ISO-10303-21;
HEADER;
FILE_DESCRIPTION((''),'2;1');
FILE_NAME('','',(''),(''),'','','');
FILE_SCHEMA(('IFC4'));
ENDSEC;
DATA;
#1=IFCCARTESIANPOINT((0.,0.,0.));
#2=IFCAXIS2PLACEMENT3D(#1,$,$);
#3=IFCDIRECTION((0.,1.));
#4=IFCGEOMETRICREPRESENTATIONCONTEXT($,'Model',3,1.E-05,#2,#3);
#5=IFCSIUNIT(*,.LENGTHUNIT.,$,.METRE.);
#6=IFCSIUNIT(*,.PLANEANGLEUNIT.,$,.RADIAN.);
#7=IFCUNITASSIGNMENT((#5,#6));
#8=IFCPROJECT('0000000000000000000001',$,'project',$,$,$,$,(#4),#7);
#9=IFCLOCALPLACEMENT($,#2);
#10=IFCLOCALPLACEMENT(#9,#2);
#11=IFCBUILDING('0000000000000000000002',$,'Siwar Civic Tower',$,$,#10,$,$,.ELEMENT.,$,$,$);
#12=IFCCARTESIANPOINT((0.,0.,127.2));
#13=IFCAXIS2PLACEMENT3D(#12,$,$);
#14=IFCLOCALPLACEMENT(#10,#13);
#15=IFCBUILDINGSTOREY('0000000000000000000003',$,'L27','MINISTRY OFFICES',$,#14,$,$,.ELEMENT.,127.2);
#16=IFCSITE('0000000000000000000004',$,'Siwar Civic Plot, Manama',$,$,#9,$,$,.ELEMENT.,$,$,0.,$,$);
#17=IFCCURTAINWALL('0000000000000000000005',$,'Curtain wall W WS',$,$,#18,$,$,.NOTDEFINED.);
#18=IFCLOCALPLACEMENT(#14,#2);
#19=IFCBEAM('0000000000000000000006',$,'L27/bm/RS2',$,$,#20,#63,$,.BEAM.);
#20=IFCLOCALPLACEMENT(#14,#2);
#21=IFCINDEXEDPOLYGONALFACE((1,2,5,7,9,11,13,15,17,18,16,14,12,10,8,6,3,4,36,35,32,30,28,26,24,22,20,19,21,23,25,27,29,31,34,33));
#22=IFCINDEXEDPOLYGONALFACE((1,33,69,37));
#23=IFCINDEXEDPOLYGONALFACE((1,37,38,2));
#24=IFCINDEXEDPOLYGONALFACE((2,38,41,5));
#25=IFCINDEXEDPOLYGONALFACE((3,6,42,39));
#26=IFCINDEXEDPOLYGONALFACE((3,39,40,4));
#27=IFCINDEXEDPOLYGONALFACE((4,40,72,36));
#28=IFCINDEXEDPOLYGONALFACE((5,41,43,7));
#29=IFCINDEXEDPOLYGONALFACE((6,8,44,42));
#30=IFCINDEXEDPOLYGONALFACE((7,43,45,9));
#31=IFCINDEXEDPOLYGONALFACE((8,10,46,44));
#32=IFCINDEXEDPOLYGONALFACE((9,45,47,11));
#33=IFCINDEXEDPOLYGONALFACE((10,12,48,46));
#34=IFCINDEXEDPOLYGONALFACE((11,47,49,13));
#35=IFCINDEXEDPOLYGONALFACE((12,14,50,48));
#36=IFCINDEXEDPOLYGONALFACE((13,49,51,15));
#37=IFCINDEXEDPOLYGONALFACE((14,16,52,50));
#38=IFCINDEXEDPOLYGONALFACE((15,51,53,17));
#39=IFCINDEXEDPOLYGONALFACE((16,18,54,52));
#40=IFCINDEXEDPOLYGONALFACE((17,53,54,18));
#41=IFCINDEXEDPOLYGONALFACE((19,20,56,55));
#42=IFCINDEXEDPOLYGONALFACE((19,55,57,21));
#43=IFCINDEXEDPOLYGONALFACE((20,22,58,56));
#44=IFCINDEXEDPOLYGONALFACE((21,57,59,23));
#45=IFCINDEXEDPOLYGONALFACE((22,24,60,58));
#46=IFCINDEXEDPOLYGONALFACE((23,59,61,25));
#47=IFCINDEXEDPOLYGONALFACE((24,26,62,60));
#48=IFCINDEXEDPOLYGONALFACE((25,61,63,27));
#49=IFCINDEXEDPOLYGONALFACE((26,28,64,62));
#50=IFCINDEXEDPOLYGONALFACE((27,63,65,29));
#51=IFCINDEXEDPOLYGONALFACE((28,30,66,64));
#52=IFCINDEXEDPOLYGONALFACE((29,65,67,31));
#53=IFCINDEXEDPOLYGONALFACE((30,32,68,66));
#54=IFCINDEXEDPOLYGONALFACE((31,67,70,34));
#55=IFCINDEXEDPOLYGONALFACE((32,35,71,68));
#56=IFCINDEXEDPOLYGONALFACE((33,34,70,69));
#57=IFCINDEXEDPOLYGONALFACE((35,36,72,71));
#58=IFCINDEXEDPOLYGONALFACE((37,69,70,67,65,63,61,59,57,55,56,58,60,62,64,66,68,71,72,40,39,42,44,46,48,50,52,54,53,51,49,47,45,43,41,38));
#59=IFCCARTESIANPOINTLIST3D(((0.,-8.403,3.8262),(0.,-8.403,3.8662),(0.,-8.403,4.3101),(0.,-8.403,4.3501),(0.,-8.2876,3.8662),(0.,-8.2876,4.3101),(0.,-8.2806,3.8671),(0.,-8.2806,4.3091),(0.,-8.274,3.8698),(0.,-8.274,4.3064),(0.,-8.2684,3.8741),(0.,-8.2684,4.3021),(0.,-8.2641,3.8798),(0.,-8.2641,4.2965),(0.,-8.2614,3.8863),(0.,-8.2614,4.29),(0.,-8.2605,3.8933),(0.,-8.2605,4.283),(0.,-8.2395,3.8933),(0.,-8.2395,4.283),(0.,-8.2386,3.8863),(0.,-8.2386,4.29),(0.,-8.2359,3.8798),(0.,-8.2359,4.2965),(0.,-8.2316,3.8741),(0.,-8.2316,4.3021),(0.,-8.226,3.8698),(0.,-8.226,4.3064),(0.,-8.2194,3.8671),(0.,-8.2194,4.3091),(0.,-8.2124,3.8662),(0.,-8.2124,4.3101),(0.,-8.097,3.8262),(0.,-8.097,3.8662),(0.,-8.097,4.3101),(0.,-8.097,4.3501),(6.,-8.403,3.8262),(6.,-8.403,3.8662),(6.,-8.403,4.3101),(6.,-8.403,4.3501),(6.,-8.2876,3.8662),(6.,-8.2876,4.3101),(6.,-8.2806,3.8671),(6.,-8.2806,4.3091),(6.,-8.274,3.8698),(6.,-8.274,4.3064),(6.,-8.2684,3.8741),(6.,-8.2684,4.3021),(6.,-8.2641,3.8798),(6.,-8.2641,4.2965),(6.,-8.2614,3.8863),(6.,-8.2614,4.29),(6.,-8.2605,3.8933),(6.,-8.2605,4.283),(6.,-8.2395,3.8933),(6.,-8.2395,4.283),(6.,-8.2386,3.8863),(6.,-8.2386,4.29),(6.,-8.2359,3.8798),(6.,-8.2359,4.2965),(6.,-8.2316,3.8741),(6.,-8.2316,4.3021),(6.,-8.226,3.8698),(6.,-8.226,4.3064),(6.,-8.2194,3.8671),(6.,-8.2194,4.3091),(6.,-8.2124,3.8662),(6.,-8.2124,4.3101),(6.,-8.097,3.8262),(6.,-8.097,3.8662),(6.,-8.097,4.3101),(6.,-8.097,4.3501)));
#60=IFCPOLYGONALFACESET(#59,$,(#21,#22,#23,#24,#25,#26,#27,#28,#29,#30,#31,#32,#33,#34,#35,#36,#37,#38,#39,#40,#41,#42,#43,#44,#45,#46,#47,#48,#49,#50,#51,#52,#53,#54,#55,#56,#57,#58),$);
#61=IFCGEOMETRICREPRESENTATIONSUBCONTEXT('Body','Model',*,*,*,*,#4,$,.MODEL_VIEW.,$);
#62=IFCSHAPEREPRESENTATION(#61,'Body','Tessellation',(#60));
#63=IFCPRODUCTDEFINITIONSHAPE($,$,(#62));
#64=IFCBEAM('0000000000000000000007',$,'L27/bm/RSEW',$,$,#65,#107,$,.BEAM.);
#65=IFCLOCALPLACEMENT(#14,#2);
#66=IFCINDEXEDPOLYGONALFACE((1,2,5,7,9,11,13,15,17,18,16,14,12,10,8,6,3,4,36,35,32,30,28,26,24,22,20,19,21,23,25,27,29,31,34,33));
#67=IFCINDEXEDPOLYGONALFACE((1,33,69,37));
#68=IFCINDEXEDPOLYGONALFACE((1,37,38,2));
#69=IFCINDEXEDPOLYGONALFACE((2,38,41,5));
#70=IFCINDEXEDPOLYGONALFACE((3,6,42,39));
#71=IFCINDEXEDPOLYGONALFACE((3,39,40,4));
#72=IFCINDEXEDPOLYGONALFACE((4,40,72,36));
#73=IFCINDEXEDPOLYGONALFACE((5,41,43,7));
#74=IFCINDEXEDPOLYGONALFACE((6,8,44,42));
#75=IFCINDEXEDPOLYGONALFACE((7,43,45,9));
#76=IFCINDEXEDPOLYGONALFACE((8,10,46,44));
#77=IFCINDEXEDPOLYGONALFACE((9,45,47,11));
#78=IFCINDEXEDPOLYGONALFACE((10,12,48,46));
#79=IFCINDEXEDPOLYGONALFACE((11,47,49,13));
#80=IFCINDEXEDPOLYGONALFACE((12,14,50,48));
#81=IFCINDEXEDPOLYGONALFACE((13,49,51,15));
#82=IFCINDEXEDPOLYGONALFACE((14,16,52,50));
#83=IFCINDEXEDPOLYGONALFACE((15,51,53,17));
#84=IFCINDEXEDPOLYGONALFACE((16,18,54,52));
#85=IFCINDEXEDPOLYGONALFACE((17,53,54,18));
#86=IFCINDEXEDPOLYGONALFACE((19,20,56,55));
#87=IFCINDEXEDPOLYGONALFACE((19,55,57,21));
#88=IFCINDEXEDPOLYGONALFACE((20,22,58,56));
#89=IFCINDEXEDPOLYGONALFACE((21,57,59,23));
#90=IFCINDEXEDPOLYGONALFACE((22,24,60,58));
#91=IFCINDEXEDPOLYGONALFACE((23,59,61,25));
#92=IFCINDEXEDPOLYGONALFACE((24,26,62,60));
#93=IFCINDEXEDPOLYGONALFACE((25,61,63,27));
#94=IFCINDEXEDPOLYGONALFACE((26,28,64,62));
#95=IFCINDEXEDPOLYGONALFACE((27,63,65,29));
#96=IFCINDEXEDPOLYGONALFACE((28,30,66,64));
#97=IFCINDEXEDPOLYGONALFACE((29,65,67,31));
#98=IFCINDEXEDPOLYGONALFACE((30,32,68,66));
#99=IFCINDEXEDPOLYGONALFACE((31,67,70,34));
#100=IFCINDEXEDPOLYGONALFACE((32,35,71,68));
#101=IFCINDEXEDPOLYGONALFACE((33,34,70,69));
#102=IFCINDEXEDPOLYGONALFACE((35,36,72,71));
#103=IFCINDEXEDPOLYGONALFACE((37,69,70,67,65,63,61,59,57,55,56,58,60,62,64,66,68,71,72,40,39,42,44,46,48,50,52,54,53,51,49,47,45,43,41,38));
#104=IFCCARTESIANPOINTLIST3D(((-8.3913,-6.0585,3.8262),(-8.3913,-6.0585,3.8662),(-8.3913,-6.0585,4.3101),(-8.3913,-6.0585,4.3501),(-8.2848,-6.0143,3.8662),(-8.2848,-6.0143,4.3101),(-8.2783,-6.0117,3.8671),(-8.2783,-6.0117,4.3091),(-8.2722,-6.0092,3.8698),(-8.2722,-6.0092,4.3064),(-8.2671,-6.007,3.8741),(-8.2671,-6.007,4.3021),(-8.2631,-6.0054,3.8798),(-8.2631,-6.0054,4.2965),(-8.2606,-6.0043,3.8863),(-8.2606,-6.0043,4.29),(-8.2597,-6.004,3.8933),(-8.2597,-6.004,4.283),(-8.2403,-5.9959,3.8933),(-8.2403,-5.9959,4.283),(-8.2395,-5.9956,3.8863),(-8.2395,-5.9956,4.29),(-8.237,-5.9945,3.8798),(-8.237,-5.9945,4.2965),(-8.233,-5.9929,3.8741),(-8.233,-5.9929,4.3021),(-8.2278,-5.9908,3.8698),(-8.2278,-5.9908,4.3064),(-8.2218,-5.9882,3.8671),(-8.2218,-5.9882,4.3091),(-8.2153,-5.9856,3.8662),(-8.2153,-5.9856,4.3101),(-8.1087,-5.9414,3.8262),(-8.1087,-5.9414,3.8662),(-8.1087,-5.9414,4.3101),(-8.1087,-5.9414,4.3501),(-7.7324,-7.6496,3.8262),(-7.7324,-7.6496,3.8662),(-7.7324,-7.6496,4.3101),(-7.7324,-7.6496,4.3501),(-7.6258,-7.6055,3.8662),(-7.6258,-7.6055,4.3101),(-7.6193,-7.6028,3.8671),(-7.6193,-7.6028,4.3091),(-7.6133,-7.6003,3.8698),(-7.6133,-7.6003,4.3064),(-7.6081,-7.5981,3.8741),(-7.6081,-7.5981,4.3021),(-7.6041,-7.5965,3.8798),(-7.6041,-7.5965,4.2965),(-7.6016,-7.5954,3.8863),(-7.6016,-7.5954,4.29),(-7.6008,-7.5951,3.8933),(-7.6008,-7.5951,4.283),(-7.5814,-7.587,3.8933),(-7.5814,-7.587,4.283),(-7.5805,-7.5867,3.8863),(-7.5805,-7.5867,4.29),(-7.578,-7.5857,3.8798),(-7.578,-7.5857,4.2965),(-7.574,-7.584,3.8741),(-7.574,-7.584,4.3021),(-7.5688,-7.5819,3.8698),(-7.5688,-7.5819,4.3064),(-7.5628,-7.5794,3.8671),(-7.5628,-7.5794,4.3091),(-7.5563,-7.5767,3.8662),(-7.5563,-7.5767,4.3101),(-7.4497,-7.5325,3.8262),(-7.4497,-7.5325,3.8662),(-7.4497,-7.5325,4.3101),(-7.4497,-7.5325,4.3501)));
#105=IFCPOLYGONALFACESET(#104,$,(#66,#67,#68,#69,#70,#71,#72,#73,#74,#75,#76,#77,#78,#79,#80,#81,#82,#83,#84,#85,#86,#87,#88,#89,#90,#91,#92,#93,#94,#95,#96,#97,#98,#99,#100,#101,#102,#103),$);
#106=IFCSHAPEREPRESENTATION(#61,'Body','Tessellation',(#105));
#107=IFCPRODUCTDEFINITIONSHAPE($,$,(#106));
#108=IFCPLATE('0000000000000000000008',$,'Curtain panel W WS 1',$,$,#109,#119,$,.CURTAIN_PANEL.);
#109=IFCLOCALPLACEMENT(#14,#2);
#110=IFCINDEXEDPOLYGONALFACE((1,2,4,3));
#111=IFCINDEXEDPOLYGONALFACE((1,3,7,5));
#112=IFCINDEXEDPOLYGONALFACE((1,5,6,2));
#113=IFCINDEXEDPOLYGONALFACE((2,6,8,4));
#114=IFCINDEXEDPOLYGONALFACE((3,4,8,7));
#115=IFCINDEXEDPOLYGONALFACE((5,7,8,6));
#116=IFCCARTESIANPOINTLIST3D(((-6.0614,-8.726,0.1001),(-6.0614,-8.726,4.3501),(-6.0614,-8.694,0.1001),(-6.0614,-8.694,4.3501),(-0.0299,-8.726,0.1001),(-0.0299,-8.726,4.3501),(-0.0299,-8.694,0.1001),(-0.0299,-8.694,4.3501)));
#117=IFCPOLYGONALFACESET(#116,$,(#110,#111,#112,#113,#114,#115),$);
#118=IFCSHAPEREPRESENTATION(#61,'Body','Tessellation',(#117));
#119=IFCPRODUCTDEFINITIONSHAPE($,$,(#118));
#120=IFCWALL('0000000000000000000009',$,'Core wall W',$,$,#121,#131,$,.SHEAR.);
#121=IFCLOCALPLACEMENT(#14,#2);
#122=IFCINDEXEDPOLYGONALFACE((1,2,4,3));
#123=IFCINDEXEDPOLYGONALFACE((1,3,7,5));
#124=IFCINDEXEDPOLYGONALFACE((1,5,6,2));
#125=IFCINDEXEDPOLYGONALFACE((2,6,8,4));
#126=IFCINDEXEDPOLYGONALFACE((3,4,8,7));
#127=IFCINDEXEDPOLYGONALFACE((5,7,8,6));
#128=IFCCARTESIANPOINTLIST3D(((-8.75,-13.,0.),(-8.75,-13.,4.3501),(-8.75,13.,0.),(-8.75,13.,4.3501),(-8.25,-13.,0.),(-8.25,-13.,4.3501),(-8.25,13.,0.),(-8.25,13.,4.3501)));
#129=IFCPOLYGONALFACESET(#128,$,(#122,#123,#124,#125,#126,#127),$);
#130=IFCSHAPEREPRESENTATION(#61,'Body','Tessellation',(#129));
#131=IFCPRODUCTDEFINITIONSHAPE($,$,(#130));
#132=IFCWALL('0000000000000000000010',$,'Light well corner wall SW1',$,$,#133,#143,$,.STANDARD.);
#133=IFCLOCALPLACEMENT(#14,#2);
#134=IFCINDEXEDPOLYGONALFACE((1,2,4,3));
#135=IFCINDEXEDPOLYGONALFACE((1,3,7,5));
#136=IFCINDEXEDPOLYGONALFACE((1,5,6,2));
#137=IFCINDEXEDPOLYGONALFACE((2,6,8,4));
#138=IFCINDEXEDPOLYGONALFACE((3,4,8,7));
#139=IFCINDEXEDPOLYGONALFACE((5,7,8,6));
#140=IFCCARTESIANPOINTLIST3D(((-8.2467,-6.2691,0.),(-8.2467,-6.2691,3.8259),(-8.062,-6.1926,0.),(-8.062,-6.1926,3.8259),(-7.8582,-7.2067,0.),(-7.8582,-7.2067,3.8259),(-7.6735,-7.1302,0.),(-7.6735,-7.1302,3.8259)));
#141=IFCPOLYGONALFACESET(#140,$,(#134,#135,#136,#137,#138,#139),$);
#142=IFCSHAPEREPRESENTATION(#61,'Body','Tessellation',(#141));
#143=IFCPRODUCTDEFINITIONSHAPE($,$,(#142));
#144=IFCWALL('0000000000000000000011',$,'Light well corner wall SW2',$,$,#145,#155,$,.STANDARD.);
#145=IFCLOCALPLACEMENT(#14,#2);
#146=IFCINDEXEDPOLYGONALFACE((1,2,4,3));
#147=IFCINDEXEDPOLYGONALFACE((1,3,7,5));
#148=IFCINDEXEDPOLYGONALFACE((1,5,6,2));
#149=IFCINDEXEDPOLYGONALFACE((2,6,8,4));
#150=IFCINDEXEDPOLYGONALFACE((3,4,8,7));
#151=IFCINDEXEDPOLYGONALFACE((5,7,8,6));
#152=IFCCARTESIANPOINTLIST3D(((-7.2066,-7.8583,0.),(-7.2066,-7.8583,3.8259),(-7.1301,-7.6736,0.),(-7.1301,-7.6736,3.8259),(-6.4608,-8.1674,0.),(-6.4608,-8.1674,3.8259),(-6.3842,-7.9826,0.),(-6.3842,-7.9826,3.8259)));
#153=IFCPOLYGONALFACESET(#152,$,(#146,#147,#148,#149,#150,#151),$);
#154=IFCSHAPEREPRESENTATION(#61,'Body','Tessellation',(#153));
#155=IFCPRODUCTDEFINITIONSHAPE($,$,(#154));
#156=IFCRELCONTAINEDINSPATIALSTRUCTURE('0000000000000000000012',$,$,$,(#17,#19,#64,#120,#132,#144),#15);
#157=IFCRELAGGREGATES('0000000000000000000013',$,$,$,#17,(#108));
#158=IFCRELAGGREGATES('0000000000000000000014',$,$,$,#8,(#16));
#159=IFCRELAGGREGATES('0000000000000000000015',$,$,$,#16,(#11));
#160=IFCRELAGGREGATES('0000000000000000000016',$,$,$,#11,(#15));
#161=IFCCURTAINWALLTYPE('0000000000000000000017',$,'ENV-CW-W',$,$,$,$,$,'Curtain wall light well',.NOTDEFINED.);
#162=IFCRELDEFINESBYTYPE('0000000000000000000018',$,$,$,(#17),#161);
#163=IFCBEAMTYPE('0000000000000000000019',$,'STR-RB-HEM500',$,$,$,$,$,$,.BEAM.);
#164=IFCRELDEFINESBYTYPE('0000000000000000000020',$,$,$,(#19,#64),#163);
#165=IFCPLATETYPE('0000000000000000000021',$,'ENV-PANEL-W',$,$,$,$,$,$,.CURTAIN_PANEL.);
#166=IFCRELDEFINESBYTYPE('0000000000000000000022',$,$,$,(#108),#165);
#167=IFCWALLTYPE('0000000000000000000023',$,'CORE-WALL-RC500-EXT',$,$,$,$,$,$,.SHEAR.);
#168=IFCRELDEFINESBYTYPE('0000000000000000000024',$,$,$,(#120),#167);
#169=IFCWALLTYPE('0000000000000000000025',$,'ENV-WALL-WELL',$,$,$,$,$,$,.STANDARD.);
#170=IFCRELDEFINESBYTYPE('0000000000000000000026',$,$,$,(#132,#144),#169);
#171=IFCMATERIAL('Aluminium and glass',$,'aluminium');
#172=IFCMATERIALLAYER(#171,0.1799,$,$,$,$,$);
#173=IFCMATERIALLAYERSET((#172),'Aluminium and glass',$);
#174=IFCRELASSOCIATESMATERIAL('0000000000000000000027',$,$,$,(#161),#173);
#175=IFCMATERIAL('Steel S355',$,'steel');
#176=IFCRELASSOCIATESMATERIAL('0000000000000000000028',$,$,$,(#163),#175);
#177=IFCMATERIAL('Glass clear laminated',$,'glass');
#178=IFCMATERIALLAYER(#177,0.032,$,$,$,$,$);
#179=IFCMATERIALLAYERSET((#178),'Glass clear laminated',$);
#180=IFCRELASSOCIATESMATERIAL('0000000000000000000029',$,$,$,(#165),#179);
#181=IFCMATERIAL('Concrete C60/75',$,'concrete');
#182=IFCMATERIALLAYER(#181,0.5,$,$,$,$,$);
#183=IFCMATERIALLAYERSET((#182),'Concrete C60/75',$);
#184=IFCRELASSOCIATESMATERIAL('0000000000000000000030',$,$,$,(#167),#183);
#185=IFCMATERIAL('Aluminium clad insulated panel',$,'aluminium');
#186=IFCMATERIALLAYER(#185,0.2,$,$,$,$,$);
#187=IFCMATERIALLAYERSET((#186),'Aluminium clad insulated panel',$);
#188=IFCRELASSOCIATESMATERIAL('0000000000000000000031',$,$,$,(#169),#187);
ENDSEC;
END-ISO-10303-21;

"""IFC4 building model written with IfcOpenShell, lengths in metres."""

from ifc_helpers import new_model, si_unit, direction, frame, frame_2d, origin, origin_2d, place, context, subcontext, project, spatial, rectangle, i_section, extrude, material, layer, layer_set, material_profile, profile_set, type_object, element, aggregate, save


model = new_model("IFC4")

# Units and contexts
model_context = context("Model", 3, precision=1e-05, world=origin(), true_north=direction((0.0, 1.0)))
body_context = subcontext(model_context, "Body", "Model", "MODEL_VIEW")
ifc_project = project(units=[si_unit("LENGTHUNIT", "METRE"), si_unit("PLANEANGLEUNIT", "RADIAN")], contexts=[model_context])

# Site, building, storey
site_placement = place(None, origin())
site = spatial("IfcSite", under=ifc_project, at=site_placement, Name="Siwar Civic Plot, Manama", CompositionType="ELEMENT", RefElevation=0.0)
building_placement = place(site_placement, origin())
building = spatial("IfcBuilding", under=site, at=building_placement, Name="Siwar Civic Tower", CompositionType="ELEMENT")
storey_placement = place(building_placement, frame((0.0, 0.0, 127.2)))
storey = spatial("IfcBuildingStorey", under=building, at=storey_placement, Name="L27", Description="MINISTRY OFFICES", CompositionType="ELEMENT", Elevation=127.2)

# Curtain wall
ifc_material_1 = material(Name="Aluminium and glass", Category="aluminium")
ifc_layer_1 = layer(ifc_material_1, 0.1799)
ifc_layer_set_1 = layer_set([ifc_layer_1], Name="Aluminium and glass")
curtain_wall_type = type_object("IfcCurtainWallType", Name="ENV-CW-W", ElementType="Curtain wall light well", PredefinedType="NOTDEFINED", material=ifc_layer_set_1)
curtain_wall_placement = place(storey_placement, origin())
curtain_wall = element("IfcCurtainWall", 1, at=curtain_wall_placement, inside=storey, type_object=curtain_wall_type, Name="Curtain wall W WS", PredefinedType="NOTDEFINED")

# Beams
ifc_material_2 = material(Name="Steel S355", Category="steel")
ifc_material_profile_1 = material_profile(ifc_material_2, i_section(OverallWidth=0.3059, OverallDepth=0.5239, WebThickness=0.021, FlangeThickness=0.04, FilletRadius=0.0271, at=origin_2d()), Name="HEM500")
ifc_profile_set_1 = profile_set([ifc_material_profile_1], Name="Steel S355")
beam_type = type_object("IfcBeamType", Name="STR-RB-HEM500", PredefinedType="BEAM", material=ifc_profile_set_1)
for number, where, z_axis, x_axis, name in (
    (2, (0.0, -8.25, 4.0881), (1.0, 0.0, 0.0), (0.0, 1.0, 0.0), "L27/bm/RS2"),
):
    element("IfcBeam", number, at=place(storey_placement, frame(where, z_axis=z_axis, x_axis=x_axis)), inside=storey, type_object=beam_type, Name=name, PredefinedType="BEAM", context=body_context, shape_type="SweptSolid", body=[
        extrude(i_section(OverallWidth=0.3059, OverallDepth=0.5239, WebThickness=0.021, FlangeThickness=0.04, FilletRadius=0.0271, at=origin_2d()), origin(), (0.0, 0.0, 1.0), 6.0),
    ])
beam_1_placement = place(storey_placement, frame((-7.5911, -7.5911, 4.0881), z_axis=(-0.382631, 0.923901, 0.0), x_axis=(-0.923901, -0.382631, 0.0)))
element("IfcBeam", 3, at=beam_1_placement, inside=storey, type_object=beam_type, Name="L27/bm/RSEW", PredefinedType="BEAM", context=body_context, shape_type="SweptSolid", body=[
    extrude(i_section(OverallWidth=0.3059, OverallDepth=0.5239, WebThickness=0.021, FlangeThickness=0.04, FilletRadius=0.0271, at=origin_2d()), origin(), (0.0, 0.0, 1.0), 1.7222),
])

# Plate
ifc_material_3 = material(Name="Glass clear laminated", Category="glass")
ifc_layer_2 = layer(ifc_material_3, 0.032)
ifc_layer_set_2 = layer_set([ifc_layer_2], Name="Glass clear laminated")
plate_type = type_object("IfcPlateType", Name="ENV-PANEL-W", PredefinedType="CURTAIN_PANEL", material=ifc_layer_set_2)
plate_placement = place(storey_placement, frame((-3.0457, -8.71, 0.1001), z_axis=(0.0, 0.0, 1.0), x_axis=(1.0, 0.0, 0.0)))
plate = element("IfcPlate", 4, at=plate_placement, type_object=plate_type, Name="Curtain panel W WS 1", PredefinedType="CURTAIN_PANEL", context=body_context, shape_type="SweptSolid", body=[
    extrude(rectangle(XDim=6.0315, YDim=0.032, at=origin_2d()), origin(), (0.0, 0.0, 1.0), 4.25),
])
aggregate(curtain_wall, [plate])

# Walls
ifc_material_4 = material(Name="Concrete C60/75", Category="concrete")
ifc_layer_3 = layer(ifc_material_4, 0.5)
ifc_layer_set_3 = layer_set([ifc_layer_3], Name="Concrete C60/75")
wall_type_1 = type_object("IfcWallType", Name="CORE-WALL-RC500-EXT", PredefinedType="SHEAR", material=ifc_layer_set_3)
wall_1_placement = place(storey_placement, frame((-8.5, -13.0, 0.0), z_axis=(0.0, 0.0, 1.0), x_axis=(0.0, 1.0, 0.0)))
element("IfcWall", 5, at=wall_1_placement, inside=storey, type_object=wall_type_1, Name="Core wall W", PredefinedType="SHEAR", context=body_context, shape_type="SweptSolid", body=[
    extrude(rectangle(XDim=26.0, YDim=0.5, at=frame_2d((13.0, 0.0))), origin(), (0.0, 0.0, 1.0), 4.3501),
])
ifc_material_5 = material(Name="Aluminium clad insulated panel", Category="aluminium")
ifc_layer_4 = layer(ifc_material_5, 0.2)
ifc_layer_set_4 = layer_set([ifc_layer_4], Name="Aluminium clad insulated panel")
wall_type_2 = type_object("IfcWallType", Name="ENV-WALL-WELL", PredefinedType="STANDARD", material=ifc_layer_set_4)
wall_2_placement = place(storey_placement, frame((-8.1543, -6.231, 0.0), z_axis=(0.0, 0.0, 1.0), x_axis=(0.38277, -0.923844, 0.0)))
element("IfcWall", 6, at=wall_2_placement, inside=storey, type_object=wall_type_2, Name="Light well corner wall SW1", PredefinedType="STANDARD", context=body_context, shape_type="SweptSolid", body=[
    extrude(rectangle(XDim=1.0149, YDim=0.2, at=frame_2d((0.5073, 0.0))), origin(), (0.0, 0.0, 1.0), 3.8259),
])
wall_3_placement = place(storey_placement, frame((-7.1685, -7.7659, 0.0), z_axis=(0.0, 0.0, 1.0), x_axis=(0.923818, -0.382833, 0.0)))
element("IfcWall", 7, at=wall_3_placement, inside=storey, type_object=wall_type_2, Name="Light well corner wall SW2", PredefinedType="STANDARD", context=body_context, shape_type="SweptSolid", body=[
    extrude(rectangle(XDim=0.8074, YDim=0.2, at=frame_2d((0.4038, 0.0))), origin(), (0.0, 0.0, 1.0), 3.8259),
])

save(model, "model.ifc")
